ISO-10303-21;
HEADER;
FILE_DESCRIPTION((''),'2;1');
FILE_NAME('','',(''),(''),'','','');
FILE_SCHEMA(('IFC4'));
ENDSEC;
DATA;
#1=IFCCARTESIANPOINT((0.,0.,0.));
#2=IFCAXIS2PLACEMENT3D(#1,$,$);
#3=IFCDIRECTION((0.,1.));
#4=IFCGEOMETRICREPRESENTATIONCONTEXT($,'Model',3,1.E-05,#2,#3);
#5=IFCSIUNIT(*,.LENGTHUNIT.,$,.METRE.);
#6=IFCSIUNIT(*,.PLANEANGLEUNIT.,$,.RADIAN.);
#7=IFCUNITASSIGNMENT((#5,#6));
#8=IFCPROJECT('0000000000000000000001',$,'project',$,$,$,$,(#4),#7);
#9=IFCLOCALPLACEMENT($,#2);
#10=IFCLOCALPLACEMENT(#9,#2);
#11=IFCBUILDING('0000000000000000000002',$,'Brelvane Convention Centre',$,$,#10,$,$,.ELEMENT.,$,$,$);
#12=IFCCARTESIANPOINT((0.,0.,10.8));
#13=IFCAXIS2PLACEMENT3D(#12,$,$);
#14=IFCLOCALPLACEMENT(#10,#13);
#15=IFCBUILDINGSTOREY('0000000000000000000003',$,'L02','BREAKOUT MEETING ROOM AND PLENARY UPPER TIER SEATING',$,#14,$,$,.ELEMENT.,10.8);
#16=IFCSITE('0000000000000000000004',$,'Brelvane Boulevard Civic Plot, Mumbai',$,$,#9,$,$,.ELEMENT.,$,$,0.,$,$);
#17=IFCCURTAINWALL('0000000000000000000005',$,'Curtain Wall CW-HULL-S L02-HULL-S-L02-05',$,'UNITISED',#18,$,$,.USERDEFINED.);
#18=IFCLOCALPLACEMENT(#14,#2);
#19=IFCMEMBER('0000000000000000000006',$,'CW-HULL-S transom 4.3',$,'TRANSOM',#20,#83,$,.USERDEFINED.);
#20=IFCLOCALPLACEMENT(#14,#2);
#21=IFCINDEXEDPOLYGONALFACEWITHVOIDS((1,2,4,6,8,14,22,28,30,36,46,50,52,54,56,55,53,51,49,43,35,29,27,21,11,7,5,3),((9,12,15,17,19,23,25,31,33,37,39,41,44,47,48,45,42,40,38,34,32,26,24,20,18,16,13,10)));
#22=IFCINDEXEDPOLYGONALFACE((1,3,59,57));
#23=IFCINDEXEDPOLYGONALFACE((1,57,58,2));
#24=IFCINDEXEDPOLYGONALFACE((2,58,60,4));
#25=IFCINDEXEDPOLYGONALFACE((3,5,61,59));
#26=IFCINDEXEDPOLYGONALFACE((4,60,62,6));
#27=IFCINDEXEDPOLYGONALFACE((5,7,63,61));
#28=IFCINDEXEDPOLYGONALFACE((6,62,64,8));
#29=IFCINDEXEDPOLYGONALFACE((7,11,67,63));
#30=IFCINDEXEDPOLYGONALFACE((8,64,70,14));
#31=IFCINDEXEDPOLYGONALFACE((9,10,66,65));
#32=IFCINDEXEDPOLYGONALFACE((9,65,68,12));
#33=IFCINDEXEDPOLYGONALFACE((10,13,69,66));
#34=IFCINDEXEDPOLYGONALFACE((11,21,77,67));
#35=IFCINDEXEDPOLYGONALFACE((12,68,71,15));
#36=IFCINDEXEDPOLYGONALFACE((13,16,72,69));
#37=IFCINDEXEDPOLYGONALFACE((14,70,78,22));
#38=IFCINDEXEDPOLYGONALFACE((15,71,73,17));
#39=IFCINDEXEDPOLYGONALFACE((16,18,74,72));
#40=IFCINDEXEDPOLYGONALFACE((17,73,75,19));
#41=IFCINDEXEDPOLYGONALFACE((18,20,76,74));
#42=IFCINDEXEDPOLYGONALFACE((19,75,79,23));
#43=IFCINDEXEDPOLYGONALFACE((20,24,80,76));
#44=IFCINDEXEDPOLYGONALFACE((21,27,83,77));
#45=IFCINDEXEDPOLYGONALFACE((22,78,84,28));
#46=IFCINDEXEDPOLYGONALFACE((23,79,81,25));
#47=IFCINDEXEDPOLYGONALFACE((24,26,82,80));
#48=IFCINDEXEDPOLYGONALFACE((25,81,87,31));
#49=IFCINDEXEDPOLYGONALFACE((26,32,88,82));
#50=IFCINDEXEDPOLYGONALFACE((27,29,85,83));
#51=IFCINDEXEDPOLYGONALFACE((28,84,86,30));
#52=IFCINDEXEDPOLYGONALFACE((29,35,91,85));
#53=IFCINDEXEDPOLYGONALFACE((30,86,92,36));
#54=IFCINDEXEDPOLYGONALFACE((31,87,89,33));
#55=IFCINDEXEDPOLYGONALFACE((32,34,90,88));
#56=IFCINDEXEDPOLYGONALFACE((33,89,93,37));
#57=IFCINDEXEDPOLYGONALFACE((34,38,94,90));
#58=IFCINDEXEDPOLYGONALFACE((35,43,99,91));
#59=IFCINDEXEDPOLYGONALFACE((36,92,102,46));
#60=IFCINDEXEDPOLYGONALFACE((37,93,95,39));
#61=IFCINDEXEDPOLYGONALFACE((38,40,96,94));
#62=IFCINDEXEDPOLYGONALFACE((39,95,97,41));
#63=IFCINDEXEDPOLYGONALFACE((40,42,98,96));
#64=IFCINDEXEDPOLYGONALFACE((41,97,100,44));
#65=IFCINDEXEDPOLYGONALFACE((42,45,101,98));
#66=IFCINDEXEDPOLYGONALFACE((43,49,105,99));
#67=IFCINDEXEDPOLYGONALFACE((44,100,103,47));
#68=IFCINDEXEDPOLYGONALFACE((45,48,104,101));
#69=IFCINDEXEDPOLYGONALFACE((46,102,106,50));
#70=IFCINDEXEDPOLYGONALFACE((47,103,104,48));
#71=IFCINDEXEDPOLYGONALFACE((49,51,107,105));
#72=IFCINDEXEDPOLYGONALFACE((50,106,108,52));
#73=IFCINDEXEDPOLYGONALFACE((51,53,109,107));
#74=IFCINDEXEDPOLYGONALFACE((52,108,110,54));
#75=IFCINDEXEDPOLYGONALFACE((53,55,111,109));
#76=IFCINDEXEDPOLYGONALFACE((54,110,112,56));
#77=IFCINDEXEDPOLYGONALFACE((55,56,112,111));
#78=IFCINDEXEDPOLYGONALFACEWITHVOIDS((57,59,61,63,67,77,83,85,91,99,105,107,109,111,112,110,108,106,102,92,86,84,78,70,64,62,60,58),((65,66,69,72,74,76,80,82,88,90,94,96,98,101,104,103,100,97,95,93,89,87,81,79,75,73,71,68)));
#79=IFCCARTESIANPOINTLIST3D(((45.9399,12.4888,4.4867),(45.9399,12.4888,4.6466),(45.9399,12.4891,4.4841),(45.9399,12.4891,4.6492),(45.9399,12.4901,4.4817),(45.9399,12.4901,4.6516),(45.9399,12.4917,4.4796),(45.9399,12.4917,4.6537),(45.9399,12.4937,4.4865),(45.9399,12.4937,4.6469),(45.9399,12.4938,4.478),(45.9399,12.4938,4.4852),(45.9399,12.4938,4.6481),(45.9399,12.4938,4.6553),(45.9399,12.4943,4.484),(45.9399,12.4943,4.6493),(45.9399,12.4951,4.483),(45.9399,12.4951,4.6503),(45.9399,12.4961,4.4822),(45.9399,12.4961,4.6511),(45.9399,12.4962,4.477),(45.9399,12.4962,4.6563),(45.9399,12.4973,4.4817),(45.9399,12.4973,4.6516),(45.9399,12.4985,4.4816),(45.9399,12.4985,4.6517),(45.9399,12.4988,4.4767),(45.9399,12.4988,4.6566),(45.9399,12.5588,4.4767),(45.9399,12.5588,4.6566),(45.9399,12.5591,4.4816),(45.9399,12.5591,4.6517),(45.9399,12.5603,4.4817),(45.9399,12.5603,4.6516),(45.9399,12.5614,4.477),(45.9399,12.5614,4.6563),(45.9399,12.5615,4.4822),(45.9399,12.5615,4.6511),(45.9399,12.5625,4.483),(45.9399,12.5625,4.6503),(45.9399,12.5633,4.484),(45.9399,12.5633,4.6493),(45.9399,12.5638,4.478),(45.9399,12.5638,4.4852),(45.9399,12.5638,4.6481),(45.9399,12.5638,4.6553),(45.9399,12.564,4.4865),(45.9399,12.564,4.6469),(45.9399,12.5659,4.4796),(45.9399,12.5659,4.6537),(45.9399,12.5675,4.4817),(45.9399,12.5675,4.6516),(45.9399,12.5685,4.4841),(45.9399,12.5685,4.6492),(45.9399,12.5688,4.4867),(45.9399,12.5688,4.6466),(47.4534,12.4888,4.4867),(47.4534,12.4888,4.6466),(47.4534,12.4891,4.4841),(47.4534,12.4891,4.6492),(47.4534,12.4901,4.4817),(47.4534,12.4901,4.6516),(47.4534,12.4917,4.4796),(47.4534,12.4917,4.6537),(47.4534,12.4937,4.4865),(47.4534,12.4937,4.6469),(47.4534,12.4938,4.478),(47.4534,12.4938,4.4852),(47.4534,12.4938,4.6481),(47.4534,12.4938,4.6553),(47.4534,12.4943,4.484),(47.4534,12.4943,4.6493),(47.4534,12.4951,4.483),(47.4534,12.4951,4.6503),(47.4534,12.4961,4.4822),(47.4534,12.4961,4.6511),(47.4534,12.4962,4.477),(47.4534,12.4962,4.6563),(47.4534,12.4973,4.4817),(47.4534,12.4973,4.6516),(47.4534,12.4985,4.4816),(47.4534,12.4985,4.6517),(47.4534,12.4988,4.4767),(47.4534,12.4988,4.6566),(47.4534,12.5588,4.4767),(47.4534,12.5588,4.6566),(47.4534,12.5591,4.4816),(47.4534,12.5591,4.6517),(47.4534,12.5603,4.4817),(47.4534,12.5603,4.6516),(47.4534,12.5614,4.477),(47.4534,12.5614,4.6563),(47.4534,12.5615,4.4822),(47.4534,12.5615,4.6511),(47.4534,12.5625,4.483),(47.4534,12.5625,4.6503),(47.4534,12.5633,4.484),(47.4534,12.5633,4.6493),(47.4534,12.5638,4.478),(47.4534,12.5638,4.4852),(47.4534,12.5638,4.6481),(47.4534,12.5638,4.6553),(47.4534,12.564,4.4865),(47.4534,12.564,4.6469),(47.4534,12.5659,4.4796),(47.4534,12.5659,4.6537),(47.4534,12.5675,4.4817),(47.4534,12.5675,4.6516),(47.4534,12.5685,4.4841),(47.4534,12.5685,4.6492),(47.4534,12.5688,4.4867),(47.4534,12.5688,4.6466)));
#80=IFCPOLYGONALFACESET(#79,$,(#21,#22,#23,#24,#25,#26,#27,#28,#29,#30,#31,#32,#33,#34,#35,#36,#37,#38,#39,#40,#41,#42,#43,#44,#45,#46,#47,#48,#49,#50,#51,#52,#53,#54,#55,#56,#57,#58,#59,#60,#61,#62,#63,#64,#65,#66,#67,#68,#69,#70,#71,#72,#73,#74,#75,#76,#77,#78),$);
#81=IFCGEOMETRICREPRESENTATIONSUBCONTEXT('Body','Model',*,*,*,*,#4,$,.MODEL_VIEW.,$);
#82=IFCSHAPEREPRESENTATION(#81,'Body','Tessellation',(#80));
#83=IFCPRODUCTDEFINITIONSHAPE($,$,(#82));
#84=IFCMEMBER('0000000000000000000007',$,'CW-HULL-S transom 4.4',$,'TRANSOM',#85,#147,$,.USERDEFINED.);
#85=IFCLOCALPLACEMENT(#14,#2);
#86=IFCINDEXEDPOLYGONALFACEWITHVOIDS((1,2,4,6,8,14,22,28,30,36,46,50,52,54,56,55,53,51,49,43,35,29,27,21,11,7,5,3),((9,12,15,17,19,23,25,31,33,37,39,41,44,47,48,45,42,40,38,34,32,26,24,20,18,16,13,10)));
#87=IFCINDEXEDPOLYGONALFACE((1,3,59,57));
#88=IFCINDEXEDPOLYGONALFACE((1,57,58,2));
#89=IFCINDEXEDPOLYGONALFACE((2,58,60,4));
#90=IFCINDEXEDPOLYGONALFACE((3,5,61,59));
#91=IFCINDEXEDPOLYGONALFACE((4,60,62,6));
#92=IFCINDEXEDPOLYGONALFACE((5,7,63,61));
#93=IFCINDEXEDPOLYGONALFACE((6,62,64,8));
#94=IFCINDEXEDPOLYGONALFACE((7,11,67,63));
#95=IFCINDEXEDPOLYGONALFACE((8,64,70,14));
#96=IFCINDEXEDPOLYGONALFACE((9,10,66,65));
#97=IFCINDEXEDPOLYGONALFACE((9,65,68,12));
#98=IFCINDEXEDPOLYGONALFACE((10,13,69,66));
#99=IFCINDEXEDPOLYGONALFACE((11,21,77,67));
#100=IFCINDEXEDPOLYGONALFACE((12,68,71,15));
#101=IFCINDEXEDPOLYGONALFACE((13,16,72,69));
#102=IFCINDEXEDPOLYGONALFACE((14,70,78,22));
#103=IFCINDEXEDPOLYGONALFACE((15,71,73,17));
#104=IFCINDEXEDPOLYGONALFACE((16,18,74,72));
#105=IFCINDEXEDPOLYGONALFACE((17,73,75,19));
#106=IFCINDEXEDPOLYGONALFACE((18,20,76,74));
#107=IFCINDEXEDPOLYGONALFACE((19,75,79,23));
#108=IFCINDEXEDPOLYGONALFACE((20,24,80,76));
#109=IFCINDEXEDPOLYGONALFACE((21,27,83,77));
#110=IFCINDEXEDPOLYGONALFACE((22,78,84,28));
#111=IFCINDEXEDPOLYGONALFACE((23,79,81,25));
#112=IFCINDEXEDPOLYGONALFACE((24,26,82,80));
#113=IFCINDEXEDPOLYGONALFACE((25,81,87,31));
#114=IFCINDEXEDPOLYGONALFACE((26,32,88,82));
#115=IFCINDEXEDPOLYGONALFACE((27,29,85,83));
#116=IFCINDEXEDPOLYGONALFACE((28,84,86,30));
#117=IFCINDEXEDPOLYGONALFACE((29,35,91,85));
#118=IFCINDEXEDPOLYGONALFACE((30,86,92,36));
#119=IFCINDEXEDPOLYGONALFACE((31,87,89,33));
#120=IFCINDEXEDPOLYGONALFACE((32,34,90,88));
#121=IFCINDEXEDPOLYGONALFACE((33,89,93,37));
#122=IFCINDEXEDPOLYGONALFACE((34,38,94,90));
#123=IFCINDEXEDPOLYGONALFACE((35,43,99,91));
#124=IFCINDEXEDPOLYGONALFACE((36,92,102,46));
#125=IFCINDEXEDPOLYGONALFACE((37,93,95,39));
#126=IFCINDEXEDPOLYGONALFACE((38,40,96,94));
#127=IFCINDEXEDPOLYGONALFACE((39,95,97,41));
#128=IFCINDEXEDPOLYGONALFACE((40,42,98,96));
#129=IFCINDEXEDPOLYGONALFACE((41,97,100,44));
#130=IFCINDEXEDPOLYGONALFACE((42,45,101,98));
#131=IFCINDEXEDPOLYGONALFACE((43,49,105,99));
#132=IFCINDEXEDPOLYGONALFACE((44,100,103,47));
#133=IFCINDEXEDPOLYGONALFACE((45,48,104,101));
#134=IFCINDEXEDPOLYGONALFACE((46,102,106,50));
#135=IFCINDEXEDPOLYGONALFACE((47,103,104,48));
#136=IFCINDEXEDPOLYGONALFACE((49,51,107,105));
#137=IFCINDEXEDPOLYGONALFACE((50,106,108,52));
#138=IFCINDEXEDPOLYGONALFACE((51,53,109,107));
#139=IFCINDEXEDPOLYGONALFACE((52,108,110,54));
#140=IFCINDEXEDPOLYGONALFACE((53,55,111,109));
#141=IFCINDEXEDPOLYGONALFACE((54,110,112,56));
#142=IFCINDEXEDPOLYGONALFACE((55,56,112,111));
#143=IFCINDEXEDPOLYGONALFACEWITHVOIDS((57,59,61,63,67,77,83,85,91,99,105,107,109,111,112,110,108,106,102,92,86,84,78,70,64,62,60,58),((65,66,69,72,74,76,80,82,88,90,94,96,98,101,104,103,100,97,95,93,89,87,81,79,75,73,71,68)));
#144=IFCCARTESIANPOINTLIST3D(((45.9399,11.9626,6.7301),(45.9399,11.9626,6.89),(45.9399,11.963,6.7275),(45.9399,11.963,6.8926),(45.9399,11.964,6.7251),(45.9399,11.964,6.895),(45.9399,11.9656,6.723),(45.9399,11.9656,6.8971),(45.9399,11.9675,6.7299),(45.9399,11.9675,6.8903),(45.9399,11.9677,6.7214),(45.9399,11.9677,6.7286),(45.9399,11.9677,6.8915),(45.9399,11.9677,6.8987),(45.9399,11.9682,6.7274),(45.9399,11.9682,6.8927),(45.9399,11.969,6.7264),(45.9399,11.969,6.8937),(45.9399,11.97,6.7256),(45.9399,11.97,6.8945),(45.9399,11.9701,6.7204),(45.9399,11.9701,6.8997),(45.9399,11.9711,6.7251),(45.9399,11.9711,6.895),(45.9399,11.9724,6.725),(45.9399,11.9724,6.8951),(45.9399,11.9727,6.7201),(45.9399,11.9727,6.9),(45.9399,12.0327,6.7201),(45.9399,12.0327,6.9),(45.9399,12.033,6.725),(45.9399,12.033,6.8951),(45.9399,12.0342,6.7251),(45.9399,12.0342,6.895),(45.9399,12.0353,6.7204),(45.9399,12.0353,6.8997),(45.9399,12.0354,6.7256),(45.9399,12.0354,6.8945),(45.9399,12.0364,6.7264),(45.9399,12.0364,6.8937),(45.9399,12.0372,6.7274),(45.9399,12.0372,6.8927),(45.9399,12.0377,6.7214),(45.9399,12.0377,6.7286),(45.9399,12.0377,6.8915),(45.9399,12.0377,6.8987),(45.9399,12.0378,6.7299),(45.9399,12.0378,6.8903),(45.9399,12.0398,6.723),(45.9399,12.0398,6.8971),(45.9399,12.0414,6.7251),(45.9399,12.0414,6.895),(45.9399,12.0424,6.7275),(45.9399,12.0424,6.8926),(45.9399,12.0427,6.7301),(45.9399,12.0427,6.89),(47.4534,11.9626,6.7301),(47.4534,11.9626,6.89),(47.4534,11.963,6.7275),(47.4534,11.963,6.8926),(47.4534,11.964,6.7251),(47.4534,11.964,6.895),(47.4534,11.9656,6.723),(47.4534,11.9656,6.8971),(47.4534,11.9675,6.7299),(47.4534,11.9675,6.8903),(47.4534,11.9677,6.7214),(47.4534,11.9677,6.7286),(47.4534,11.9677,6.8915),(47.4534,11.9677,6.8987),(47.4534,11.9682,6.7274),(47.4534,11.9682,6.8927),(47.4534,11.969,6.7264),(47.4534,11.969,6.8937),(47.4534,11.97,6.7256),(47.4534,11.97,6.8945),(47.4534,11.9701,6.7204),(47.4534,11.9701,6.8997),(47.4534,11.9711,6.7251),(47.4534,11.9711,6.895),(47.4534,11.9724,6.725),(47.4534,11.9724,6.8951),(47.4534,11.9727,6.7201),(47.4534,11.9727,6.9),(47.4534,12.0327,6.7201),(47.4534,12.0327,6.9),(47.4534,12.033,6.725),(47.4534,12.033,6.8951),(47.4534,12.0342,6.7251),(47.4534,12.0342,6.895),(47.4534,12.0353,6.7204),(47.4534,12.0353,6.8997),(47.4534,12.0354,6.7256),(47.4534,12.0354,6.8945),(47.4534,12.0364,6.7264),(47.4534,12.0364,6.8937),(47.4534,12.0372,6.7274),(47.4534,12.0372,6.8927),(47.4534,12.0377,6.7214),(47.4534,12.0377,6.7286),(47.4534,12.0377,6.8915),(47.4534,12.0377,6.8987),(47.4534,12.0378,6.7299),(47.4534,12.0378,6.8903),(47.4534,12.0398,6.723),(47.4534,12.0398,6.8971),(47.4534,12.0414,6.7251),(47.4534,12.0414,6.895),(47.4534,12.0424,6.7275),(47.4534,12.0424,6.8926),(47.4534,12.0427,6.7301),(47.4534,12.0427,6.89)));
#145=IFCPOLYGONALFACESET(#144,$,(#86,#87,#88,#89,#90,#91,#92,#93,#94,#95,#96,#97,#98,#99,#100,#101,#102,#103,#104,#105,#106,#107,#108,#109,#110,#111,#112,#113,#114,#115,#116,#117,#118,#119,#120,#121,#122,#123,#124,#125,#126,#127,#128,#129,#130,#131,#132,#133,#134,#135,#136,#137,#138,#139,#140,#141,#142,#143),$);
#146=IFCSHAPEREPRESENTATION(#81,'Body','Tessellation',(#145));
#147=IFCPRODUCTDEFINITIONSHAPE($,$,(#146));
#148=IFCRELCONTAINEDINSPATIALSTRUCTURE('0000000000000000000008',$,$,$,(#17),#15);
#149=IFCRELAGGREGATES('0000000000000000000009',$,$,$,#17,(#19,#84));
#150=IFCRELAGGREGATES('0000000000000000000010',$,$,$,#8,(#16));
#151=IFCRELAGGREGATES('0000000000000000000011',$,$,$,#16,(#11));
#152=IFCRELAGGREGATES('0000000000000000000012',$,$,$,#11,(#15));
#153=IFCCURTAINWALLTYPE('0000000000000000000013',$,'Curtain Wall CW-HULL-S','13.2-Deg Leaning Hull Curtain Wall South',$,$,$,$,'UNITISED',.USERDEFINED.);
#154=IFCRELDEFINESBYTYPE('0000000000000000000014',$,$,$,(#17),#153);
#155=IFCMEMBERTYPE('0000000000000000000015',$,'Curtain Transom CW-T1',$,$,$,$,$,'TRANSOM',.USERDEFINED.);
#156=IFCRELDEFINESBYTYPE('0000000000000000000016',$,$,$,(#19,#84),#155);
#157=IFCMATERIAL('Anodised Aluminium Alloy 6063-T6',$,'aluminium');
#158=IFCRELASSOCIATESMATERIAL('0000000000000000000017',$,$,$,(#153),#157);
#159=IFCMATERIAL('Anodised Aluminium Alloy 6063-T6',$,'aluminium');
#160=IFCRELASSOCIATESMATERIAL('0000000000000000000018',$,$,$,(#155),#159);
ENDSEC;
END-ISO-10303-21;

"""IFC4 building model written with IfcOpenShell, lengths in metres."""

from ifc_helpers import new_model, si_unit, direction, frame, origin, origin_2d, place, context, subcontext, project, spatial, hollow_rectangle, extrude, material, material_profile, profile_set, type_object, element, aggregate, save


model = new_model("IFC4")

# Units and contexts
model_context = context("Model", 3, precision=1e-05, world=origin(), true_north=direction((0.0, 1.0)))
body_context = subcontext(model_context, "Body", "Model", "MODEL_VIEW")
ifc_project = project(units=[si_unit("LENGTHUNIT", "METRE"), si_unit("PLANEANGLEUNIT", "RADIAN")], contexts=[model_context])

# Site, building, storey
site_placement = place(None, origin())
site = spatial("IfcSite", under=ifc_project, at=site_placement, Name="Brelvane Boulevard Civic Plot, Mumbai", CompositionType="ELEMENT", RefElevation=0.0)
building_placement = place(site_placement, origin())
building = spatial("IfcBuilding", under=site, at=building_placement, Name="Brelvane Convention Centre", CompositionType="ELEMENT")
storey_placement = place(building_placement, frame((0.0, 0.0, 10.8)))
storey = spatial("IfcBuildingStorey", under=building, at=storey_placement, Name="L02", Description="BREAKOUT MEETING ROOM AND PLENARY UPPER TIER SEATING", CompositionType="ELEMENT", Elevation=10.8)

# Curtain wall, members
ifc_material_1 = material(Name="Anodised Aluminium Alloy 6063-T6", Category="aluminium")
curtain_wall_type = type_object("IfcCurtainWallType", Name="Curtain Wall CW-HULL-S", Description="13.2-Deg Leaning Hull Curtain Wall South", ElementType="UNITISED", PredefinedType="USERDEFINED", material=ifc_material_1)
curtain_wall_placement = place(storey_placement, origin())
curtain_wall = element("IfcCurtainWall", 1, at=curtain_wall_placement, inside=storey, type_object=curtain_wall_type, Name="Curtain Wall CW-HULL-S L02-HULL-S-L02-05", ObjectType="UNITISED", PredefinedType="USERDEFINED")
ifc_material_2 = material(Name="Anodised Aluminium Alloy 6063-T6", Category="aluminium")
ifc_material_profile = material_profile(ifc_material_2, hollow_rectangle(XDim=0.0801, YDim=0.1799, WallThickness=0.0049, InnerFilletRadius=0.0049, OuterFilletRadius=0.01, at=origin_2d()), Name="ALU-T 180x80x5.0")
ifc_profile_set = profile_set([ifc_material_profile], Name="Anodised Aluminium Alloy 6063-T6")
member_type = type_object("IfcMemberType", Name="Curtain Transom CW-T1", ElementType="TRANSOM", PredefinedType="USERDEFINED", material=ifc_profile_set)
member_1_placement = place(storey_placement, frame((45.9399, 12.5288, 4.5667), z_axis=(1.0, 0.0, 0.0), x_axis=(0.0, 1.0, 0.0)))
member_1 = element("IfcMember", 2, at=member_1_placement, type_object=member_type, Name="CW-HULL-S transom 4.3", ObjectType="TRANSOM", PredefinedType="USERDEFINED", context=body_context, shape_type="SweptSolid", body=[
    extrude(hollow_rectangle(XDim=0.0801, YDim=0.1799, WallThickness=0.0049, InnerFilletRadius=0.0049, OuterFilletRadius=0.01, at=origin_2d()), origin(), (0.0, 0.0, 1.0), 1.5134),
])
member_2_placement = place(storey_placement, frame((45.9399, 12.0027, 6.8101), z_axis=(1.0, 0.0, 0.0), x_axis=(0.0, 1.0, 0.0)))
member_2 = element("IfcMember", 3, at=member_2_placement, type_object=member_type, Name="CW-HULL-S transom 4.4", ObjectType="TRANSOM", PredefinedType="USERDEFINED", context=body_context, shape_type="SweptSolid", body=[
    extrude(hollow_rectangle(XDim=0.0801, YDim=0.1799, WallThickness=0.0049, InnerFilletRadius=0.0049, OuterFilletRadius=0.01, at=origin_2d()), origin(), (0.0, 0.0, 1.0), 1.5134),
])
aggregate(curtain_wall, [member_1, member_2])

save(model, "model.ifc")
